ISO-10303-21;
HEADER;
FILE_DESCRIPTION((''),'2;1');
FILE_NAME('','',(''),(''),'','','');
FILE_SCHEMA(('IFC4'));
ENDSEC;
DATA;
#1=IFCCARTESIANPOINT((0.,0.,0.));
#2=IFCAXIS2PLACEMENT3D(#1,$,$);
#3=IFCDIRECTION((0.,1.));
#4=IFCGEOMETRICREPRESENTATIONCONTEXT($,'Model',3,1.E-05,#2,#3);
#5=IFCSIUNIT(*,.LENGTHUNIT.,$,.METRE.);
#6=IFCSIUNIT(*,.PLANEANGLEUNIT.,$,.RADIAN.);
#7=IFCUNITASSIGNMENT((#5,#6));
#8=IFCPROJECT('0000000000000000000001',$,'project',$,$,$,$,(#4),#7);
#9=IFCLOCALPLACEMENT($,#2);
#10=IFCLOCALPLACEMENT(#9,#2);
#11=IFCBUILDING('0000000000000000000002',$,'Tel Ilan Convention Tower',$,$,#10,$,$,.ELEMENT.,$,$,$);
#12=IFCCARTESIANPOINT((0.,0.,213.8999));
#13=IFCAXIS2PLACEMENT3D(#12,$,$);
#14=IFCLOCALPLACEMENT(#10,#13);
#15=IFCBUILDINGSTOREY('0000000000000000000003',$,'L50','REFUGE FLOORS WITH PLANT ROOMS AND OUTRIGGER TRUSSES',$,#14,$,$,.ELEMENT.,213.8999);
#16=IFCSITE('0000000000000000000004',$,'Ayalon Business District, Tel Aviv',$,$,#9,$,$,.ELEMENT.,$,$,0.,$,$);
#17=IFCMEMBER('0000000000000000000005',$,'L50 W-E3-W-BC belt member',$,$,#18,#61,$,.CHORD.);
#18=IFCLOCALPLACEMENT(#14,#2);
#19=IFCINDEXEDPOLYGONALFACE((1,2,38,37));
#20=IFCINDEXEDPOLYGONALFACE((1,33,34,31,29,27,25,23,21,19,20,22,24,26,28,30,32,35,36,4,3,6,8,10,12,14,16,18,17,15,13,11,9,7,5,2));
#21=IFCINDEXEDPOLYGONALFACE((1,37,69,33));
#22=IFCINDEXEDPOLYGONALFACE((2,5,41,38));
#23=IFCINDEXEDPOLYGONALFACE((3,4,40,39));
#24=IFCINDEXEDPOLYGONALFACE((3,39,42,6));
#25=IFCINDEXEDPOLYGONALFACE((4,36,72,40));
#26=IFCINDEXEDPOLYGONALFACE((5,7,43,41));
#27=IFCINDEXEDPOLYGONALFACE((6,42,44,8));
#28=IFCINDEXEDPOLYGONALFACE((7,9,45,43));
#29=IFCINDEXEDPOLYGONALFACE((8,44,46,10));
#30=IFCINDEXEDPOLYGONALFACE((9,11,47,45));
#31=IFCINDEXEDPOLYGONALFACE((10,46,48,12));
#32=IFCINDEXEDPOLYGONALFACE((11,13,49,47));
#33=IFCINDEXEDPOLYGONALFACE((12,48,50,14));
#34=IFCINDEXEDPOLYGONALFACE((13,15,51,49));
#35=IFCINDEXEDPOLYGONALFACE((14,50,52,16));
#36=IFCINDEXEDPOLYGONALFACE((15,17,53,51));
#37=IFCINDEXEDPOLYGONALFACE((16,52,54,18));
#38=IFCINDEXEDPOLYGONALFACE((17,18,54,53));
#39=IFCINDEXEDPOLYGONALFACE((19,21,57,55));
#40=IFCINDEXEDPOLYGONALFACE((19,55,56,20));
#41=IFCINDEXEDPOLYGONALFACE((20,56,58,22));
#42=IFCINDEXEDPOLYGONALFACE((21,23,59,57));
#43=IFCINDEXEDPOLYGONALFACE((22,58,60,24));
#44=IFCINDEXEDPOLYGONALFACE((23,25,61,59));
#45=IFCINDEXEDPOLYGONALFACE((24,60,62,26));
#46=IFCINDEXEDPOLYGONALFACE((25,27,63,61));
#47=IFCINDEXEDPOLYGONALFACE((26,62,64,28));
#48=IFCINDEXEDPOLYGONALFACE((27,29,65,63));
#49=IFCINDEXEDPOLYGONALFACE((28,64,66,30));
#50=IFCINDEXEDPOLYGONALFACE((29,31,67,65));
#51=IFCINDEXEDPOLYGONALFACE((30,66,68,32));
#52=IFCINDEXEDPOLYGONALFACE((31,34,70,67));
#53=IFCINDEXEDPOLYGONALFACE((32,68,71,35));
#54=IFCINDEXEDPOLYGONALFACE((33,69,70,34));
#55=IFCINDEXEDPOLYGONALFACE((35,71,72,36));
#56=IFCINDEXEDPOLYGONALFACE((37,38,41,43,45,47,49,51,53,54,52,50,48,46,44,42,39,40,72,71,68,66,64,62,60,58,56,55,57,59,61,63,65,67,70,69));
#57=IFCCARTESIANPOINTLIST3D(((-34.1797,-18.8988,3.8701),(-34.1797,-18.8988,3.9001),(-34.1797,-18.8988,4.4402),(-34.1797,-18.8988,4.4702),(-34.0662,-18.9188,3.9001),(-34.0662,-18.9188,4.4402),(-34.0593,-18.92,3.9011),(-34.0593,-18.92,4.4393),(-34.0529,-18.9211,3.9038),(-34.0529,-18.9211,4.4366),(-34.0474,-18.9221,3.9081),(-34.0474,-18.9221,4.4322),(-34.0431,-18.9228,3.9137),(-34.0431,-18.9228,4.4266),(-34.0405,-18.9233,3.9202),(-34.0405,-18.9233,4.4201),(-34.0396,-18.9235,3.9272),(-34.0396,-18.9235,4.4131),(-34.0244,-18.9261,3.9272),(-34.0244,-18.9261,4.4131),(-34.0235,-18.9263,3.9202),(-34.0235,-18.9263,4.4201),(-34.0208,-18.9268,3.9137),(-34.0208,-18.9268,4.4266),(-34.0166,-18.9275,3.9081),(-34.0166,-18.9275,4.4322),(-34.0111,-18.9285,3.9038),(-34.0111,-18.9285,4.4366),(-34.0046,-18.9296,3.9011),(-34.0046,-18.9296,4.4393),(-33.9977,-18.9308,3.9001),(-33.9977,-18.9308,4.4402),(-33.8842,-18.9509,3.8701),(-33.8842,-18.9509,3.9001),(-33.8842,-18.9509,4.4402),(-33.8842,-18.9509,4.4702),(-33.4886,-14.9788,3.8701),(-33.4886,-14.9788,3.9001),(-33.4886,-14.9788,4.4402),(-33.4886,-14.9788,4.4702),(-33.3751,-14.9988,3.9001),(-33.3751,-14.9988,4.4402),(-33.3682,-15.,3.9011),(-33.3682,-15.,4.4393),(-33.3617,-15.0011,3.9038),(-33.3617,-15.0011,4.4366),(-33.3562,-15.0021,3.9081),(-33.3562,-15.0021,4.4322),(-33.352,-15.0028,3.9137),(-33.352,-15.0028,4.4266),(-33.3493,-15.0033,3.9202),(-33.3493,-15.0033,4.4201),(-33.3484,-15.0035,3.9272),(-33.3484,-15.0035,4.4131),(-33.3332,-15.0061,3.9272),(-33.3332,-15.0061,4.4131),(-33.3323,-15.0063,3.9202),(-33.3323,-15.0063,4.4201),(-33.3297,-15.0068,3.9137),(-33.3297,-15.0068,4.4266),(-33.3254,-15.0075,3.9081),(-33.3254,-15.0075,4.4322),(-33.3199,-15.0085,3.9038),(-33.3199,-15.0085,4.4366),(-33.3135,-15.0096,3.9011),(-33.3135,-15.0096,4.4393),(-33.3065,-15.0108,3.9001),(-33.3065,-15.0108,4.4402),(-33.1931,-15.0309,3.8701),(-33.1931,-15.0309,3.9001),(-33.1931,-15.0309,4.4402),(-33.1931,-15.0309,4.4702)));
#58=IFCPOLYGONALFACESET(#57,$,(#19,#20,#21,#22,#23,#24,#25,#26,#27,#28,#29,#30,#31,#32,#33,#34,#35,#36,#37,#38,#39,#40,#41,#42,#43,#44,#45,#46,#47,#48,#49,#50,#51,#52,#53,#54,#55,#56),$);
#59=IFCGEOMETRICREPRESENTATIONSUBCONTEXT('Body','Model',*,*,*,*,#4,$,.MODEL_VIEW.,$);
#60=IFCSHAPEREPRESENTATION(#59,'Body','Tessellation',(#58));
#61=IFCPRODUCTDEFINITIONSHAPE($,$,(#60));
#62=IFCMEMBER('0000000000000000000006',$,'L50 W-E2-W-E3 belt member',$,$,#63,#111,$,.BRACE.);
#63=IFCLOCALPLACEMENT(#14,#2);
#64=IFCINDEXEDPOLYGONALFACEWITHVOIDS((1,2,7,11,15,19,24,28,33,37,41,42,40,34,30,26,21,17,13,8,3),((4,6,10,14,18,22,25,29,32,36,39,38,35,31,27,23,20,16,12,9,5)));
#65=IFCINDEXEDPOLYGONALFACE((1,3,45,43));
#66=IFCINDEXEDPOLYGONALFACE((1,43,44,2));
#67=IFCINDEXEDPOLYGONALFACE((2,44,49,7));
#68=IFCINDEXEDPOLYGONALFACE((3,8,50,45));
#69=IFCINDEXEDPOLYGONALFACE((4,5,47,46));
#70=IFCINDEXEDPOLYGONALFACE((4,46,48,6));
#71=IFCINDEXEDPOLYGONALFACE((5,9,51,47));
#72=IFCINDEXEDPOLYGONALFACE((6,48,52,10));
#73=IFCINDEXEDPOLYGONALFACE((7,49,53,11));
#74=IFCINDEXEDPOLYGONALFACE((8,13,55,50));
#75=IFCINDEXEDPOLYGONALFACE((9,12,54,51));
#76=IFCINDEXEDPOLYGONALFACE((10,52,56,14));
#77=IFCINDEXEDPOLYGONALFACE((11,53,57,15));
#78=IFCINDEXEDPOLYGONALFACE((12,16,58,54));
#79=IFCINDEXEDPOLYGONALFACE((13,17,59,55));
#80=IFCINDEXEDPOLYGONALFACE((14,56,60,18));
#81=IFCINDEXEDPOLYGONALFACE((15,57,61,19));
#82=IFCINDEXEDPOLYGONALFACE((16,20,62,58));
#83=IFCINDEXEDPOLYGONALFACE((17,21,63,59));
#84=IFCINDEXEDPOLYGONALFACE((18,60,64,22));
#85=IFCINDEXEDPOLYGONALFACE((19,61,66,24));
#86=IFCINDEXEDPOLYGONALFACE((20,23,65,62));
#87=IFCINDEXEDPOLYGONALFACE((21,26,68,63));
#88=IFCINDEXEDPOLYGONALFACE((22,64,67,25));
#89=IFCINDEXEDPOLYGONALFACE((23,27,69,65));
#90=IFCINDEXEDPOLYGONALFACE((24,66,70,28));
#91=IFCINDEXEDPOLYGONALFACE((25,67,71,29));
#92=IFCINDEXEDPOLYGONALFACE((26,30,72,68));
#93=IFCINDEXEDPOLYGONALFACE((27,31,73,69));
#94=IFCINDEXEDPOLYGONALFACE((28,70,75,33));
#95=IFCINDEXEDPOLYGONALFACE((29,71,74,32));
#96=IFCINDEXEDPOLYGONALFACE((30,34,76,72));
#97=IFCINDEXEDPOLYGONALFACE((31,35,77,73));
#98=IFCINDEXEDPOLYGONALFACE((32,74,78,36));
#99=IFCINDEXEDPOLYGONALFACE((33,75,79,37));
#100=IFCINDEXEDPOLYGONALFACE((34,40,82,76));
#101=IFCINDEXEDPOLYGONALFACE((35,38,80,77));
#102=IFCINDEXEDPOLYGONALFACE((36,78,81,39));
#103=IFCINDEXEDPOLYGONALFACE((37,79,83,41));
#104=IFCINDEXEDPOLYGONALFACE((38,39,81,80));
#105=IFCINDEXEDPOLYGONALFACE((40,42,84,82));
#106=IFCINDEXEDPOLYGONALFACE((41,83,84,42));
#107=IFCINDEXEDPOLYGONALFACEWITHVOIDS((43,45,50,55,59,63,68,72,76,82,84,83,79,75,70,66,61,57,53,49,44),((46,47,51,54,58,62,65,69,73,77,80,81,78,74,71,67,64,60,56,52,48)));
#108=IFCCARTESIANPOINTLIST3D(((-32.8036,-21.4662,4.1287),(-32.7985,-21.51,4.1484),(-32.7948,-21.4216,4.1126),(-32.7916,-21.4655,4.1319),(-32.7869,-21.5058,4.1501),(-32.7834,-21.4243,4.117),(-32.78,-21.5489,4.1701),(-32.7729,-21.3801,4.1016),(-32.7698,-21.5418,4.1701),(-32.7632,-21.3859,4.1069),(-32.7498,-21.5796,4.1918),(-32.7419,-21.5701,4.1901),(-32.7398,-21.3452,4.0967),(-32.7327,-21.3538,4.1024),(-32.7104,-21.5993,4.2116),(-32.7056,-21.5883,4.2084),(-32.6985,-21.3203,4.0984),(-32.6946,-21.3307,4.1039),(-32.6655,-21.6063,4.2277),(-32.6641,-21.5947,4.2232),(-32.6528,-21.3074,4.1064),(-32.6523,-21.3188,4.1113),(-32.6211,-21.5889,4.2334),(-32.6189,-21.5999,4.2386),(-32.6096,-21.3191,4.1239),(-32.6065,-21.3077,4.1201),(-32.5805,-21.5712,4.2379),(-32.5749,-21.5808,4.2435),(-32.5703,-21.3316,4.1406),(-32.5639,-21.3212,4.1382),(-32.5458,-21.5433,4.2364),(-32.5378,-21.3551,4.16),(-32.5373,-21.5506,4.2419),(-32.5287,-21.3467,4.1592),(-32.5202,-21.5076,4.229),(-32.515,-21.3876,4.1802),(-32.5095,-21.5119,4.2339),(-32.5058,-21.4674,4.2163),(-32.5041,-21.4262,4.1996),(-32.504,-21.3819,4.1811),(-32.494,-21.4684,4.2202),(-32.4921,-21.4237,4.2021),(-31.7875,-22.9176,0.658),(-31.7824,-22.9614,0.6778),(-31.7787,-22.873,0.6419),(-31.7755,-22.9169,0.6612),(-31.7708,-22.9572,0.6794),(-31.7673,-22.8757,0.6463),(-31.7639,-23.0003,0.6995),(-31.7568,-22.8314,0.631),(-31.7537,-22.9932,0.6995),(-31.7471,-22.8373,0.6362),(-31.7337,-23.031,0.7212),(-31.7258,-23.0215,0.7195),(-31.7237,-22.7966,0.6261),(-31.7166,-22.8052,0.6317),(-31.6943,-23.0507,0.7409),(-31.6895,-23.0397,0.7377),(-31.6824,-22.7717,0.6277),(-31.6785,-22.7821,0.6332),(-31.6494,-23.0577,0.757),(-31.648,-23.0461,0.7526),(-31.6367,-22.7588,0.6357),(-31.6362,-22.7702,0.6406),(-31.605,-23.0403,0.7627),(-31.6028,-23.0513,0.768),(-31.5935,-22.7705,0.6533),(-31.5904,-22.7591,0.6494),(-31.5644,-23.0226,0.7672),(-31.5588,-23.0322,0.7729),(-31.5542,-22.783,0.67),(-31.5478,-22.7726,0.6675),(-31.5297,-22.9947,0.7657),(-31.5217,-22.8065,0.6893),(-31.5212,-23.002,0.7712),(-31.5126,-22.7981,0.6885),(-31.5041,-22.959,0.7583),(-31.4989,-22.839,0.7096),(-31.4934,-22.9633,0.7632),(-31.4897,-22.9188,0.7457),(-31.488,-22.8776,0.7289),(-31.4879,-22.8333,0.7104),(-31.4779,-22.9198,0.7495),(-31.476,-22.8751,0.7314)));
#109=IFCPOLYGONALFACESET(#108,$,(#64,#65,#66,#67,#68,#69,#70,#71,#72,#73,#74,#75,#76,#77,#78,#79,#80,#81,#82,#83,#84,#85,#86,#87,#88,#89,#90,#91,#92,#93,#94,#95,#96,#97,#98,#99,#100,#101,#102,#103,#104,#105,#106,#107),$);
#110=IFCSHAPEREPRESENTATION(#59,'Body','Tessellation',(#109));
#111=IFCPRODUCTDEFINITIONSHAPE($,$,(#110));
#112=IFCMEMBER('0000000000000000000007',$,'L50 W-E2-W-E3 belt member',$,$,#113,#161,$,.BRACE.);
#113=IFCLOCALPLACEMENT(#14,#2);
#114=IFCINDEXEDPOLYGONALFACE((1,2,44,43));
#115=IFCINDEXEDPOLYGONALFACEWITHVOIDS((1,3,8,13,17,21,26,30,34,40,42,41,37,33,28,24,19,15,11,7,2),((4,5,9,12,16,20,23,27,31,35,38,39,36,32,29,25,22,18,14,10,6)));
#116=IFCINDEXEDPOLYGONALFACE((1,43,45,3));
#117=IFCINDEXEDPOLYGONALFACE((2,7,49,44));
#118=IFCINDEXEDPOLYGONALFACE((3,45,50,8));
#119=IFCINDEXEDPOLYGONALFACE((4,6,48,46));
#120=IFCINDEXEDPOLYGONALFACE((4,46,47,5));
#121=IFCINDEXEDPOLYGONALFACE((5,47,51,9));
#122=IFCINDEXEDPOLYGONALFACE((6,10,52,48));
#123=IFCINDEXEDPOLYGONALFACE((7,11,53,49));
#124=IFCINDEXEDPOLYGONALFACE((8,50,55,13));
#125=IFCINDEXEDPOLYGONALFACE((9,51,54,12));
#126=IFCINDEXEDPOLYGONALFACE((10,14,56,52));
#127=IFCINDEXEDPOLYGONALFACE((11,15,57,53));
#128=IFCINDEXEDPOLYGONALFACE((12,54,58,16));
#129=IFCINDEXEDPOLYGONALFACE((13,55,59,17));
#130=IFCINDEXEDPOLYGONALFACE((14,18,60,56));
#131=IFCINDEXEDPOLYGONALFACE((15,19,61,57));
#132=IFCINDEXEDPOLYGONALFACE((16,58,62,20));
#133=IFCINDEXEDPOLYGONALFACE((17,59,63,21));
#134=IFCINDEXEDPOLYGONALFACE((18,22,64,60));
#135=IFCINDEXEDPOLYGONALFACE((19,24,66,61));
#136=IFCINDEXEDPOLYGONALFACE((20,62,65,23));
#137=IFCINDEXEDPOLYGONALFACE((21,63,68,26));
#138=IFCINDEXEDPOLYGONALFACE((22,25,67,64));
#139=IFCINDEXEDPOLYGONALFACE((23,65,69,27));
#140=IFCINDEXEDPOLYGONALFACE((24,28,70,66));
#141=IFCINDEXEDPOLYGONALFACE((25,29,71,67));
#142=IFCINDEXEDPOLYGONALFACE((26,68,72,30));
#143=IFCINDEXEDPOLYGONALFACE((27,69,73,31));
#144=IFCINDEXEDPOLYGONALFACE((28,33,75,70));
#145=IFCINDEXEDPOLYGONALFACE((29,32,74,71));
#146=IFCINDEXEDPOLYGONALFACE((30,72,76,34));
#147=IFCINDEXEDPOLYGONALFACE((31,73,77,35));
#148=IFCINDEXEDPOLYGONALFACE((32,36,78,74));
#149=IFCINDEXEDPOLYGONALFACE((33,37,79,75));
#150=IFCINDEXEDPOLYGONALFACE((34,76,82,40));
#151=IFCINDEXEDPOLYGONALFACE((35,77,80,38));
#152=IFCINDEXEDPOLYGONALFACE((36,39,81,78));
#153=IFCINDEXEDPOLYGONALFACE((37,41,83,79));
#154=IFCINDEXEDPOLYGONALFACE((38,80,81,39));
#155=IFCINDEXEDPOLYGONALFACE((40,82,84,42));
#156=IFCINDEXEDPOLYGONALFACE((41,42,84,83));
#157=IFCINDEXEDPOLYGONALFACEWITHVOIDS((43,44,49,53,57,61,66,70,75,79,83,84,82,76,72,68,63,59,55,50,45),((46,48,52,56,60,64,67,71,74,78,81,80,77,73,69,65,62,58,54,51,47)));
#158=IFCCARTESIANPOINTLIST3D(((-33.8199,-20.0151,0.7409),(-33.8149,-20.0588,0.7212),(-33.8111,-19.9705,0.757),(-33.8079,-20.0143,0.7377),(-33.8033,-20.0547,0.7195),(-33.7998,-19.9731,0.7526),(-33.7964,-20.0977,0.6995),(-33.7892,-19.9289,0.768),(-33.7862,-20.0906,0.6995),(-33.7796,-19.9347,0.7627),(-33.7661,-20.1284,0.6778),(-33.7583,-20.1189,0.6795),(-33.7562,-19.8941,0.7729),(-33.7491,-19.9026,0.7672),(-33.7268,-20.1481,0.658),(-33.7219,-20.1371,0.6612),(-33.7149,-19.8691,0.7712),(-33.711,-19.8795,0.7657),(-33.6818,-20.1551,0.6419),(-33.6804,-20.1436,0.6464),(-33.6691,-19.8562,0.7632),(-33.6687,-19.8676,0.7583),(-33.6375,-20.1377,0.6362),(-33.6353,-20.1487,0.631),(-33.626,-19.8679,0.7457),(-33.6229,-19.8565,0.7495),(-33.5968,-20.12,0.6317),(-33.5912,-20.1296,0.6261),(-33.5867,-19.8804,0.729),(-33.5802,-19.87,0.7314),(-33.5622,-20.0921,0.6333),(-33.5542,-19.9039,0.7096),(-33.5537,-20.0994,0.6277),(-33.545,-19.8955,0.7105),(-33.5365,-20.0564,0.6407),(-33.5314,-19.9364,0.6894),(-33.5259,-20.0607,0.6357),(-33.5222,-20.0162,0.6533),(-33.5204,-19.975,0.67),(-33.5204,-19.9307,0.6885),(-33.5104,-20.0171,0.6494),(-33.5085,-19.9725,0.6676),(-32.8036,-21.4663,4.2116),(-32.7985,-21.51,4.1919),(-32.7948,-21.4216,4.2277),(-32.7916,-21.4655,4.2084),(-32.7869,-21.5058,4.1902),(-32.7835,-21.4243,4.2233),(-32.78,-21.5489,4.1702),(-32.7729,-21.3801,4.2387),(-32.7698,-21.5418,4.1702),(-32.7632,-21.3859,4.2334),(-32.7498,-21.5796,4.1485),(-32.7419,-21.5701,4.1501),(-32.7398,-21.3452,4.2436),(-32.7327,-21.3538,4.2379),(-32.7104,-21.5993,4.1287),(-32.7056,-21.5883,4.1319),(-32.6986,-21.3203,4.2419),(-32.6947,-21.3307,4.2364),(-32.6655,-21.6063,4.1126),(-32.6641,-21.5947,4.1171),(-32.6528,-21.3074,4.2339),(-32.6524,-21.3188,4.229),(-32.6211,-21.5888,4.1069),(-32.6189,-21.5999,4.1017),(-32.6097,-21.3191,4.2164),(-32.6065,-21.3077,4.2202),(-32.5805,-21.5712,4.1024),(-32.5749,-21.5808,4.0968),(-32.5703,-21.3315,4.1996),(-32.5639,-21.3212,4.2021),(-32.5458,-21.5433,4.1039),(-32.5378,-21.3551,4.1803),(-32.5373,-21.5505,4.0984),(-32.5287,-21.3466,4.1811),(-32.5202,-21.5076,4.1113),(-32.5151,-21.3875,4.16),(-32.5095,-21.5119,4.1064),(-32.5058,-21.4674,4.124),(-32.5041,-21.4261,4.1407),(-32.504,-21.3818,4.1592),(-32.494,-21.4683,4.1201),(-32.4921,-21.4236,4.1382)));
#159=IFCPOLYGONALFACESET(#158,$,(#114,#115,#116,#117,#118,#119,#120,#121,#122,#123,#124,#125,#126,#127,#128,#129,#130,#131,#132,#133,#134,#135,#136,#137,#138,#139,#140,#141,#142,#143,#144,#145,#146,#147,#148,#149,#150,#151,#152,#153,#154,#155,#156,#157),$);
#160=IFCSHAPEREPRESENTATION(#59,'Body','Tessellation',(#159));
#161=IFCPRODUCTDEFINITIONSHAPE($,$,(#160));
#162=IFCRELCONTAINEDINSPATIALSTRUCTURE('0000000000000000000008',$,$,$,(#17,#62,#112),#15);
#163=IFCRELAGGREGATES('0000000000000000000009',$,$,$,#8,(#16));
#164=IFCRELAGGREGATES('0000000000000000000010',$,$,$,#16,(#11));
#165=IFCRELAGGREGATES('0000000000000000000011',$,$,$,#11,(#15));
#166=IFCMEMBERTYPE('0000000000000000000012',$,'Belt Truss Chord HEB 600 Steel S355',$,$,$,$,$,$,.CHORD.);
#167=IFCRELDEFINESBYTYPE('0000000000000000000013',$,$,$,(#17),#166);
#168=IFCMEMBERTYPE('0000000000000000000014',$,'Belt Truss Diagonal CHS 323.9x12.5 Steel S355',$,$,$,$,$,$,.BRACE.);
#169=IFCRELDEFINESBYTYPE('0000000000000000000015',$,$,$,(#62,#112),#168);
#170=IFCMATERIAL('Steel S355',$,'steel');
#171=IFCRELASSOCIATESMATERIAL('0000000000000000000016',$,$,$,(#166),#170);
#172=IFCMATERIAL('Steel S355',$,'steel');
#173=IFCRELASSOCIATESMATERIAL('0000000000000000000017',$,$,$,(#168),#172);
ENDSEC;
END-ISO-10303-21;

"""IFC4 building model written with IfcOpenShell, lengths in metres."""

from ifc_helpers import new_model, si_unit, direction, frame, origin, origin_2d, place, context, subcontext, project, spatial, hollow_circle, i_section, extrude, material, material_profile, profile_set, type_object, element, save


model = new_model("IFC4")

# Units and contexts
model_context = context("Model", 3, precision=1e-05, world=origin(), true_north=direction((0.0, 1.0)))
body_context = subcontext(model_context, "Body", "Model", "MODEL_VIEW")
ifc_project = project(units=[si_unit("LENGTHUNIT", "METRE"), si_unit("PLANEANGLEUNIT", "RADIAN")], contexts=[model_context])

# Site, building, storey
site_placement = place(None, origin())
site = spatial("IfcSite", under=ifc_project, at=site_placement, Name="Ayalon Business District, Tel Aviv", CompositionType="ELEMENT", RefElevation=0.0)
building_placement = place(site_placement, origin())
building = spatial("IfcBuilding", under=site, at=building_placement, Name="Tel Ilan Convention Tower", CompositionType="ELEMENT")
storey_placement = place(building_placement, frame((0.0, 0.0, 213.8999)))
storey = spatial("IfcBuildingStorey", under=building, at=storey_placement, Name="L50", Description="REFUGE FLOORS WITH PLANT ROOMS AND OUTRIGGER TRUSSES", CompositionType="ELEMENT", Elevation=213.8999)

# Members
ifc_material_1 = material(Name="Steel S355", Category="steel")
ifc_material_profile_1 = material_profile(ifc_material_1, i_section(OverallWidth=0.3, OverallDepth=0.6001, WebThickness=0.0154, FlangeThickness=0.03, FilletRadius=0.0271, at=origin_2d()), Name="HEB 600")
ifc_profile_set_1 = profile_set([ifc_material_profile_1], Name="Steel S355")
member_type_1 = type_object("IfcMemberType", Name="Belt Truss Chord HEB 600 Steel S355", PredefinedType="CHORD", material=ifc_profile_set_1)
for number, where, z_axis, x_axis, name in (
    (1, (-34.032, -18.9248, 4.1702), (0.173642, 0.984809, 0.0), (-0.984809, 0.173642, 0.0), "L50 W-E3-W-BC belt member"),
):
    element("IfcMember", number, at=place(storey_placement, frame(where, z_axis=z_axis, x_axis=x_axis)), inside=storey, type_object=member_type_1, Name=name, PredefinedType="CHORD", context=body_context, shape_type="SweptSolid", body=[
        extrude(i_section(OverallWidth=0.3, OverallDepth=0.6001, WebThickness=0.0154, FlangeThickness=0.03, FilletRadius=0.0271, at=origin_2d()), origin(), (0.0, 0.0, 1.0), 3.9805),
    ])
ifc_material_2 = material(Name="Steel S355", Category="steel")
ifc_material_profile_2 = material_profile(ifc_material_2, hollow_circle(Radius=0.1619, WallThickness=0.0125, at=origin_2d()), Name="CHS 323.9x12.5")
ifc_profile_set_2 = profile_set([ifc_material_profile_2], Name="Steel S355")
member_type_2 = type_object("IfcMemberType", Name="Belt Truss Diagonal CHS 323.9x12.5 Steel S355", PredefinedType="BRACE", material=ifc_profile_set_2)
for number, where, z_axis, x_axis, name in (
    (2, (-31.6313, -22.9075, 0.6995), (-0.260757, 0.372466, 0.89066), (-0.8192, -0.573509, 0.0), "L50 W-E2-W-E3 belt member"),
    (3, (-32.6475, -21.4561, 4.1702), (-0.260822, 0.372406, -0.890666), (-0.819089, -0.573666, 0.0), "L50 W-E2-W-E3 belt member"),
):
    element("IfcMember", number, at=place(storey_placement, frame(where, z_axis=z_axis, x_axis=x_axis)), inside=storey, type_object=member_type_2, Name=name, PredefinedType="BRACE", context=body_context, shape_type="SweptSolid", body=[
        extrude(hollow_circle(Radius=0.1619, WallThickness=0.0125, at=origin_2d()), origin(), (0.0, 0.0, 1.0), 3.8967),
    ])

save(model, "model.ifc")
